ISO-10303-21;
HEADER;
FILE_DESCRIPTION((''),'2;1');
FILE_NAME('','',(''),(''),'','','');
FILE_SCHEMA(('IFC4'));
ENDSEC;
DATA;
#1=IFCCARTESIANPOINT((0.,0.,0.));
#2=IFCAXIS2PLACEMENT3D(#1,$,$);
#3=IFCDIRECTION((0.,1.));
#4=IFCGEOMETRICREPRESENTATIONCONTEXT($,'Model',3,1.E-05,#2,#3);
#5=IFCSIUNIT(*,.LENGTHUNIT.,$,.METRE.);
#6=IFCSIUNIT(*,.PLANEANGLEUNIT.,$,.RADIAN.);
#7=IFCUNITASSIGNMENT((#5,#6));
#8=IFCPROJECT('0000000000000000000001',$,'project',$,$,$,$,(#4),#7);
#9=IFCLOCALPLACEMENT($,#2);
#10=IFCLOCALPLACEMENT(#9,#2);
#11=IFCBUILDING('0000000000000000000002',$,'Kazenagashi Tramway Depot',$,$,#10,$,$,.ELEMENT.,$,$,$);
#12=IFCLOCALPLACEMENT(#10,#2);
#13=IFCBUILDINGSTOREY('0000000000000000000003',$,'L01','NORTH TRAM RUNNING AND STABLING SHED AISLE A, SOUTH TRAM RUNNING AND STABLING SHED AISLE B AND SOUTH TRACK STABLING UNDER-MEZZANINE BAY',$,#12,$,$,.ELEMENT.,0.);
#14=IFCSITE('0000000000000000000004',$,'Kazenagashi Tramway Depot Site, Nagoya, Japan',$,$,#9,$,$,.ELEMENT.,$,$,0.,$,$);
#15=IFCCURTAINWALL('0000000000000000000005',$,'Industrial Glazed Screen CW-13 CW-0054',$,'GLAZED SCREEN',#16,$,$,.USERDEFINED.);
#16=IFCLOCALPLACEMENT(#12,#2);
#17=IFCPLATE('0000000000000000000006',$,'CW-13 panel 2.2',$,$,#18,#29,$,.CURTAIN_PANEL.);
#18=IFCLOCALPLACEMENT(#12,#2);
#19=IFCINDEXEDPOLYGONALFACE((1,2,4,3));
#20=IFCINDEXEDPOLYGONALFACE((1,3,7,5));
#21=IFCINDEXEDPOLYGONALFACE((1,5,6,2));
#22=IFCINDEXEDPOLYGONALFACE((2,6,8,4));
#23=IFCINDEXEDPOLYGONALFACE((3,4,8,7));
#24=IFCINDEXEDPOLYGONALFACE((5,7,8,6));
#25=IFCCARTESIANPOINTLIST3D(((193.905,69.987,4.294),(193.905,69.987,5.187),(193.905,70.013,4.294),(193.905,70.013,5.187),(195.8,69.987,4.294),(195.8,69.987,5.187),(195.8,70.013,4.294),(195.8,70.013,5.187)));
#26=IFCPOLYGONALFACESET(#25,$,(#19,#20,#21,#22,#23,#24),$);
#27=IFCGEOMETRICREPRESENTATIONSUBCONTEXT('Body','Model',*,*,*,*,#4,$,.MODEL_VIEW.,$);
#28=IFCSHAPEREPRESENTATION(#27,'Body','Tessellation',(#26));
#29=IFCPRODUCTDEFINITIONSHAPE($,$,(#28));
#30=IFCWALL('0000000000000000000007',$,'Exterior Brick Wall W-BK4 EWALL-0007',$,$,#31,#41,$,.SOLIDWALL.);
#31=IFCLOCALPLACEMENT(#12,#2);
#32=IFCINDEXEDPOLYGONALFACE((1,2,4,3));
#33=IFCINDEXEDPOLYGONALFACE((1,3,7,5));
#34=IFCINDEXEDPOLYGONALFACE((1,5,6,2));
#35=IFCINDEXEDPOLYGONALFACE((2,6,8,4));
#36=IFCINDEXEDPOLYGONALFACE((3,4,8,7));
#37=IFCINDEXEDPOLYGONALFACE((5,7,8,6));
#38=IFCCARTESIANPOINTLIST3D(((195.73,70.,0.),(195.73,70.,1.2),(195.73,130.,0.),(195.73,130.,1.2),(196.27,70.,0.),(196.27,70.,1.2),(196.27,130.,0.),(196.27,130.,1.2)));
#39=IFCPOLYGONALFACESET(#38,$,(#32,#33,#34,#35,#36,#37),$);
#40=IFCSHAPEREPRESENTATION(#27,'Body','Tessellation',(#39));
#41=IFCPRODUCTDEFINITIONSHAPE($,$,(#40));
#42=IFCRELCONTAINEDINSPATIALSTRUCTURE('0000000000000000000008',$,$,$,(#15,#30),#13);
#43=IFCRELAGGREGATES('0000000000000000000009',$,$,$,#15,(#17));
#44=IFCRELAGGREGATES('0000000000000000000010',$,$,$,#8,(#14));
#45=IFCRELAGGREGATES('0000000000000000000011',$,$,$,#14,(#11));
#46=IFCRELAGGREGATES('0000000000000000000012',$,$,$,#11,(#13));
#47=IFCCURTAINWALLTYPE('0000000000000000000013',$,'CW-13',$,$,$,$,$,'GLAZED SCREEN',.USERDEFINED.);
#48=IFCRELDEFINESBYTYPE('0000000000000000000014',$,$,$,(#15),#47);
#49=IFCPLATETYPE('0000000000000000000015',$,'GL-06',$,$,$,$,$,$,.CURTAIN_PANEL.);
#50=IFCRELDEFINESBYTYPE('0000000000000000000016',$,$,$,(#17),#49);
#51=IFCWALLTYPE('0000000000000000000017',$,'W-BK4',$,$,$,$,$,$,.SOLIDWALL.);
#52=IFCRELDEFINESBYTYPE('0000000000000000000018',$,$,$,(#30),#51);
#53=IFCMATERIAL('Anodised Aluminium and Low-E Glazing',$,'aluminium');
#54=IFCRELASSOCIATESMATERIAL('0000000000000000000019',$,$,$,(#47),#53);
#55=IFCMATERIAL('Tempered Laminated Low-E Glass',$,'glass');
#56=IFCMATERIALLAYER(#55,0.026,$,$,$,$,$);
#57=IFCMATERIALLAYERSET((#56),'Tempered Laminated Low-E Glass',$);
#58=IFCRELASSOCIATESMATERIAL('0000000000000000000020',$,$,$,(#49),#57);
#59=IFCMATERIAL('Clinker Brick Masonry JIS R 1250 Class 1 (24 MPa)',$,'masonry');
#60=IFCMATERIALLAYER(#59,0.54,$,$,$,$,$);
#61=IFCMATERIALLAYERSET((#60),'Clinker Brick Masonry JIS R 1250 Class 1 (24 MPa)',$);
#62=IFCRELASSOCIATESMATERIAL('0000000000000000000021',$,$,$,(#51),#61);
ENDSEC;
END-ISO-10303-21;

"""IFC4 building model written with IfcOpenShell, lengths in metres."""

from ifc_helpers import new_model, si_unit, direction, frame, frame_2d, origin, origin_2d, place, context, subcontext, project, spatial, rectangle, extrude, material, layer, layer_set, type_object, element, aggregate, save


model = new_model("IFC4")

# Units and contexts
model_context = context("Model", 3, precision=1e-05, world=origin(), true_north=direction((0.0, 1.0)))
body_context = subcontext(model_context, "Body", "Model", "MODEL_VIEW")
ifc_project = project(units=[si_unit("LENGTHUNIT", "METRE"), si_unit("PLANEANGLEUNIT", "RADIAN")], contexts=[model_context])

# Site, building, storey
site_placement = place(None, origin())
site = spatial("IfcSite", under=ifc_project, at=site_placement, Name="Kazenagashi Tramway Depot Site, Nagoya, Japan", CompositionType="ELEMENT", RefElevation=0.0)
building_placement = place(site_placement, origin())
building = spatial("IfcBuilding", under=site, at=building_placement, Name="Kazenagashi Tramway Depot", CompositionType="ELEMENT")
storey_placement = place(building_placement, origin())
storey = spatial("IfcBuildingStorey", under=building, at=storey_placement, Name="L01", Description="NORTH TRAM RUNNING AND STABLING SHED AISLE A, SOUTH TRAM RUNNING AND STABLING SHED AISLE B AND SOUTH TRACK STABLING UNDER-MEZZANINE BAY", CompositionType="ELEMENT", Elevation=0.0)

# Curtain wall
ifc_material_1 = material(Name="Anodised Aluminium and Low-E Glazing", Category="aluminium")
curtain_wall_type_1 = type_object("IfcCurtainWallType", Name="CW-13", ElementType="GLAZED SCREEN", PredefinedType="USERDEFINED", material=ifc_material_1)
curtain_wall_1_placement = place(storey_placement, origin())
curtain_wall_1 = element("IfcCurtainWall", 1, at=curtain_wall_1_placement, inside=storey, type_object=curtain_wall_type_1, Name="Industrial Glazed Screen CW-13 CW-0054", ObjectType="GLAZED SCREEN", PredefinedType="USERDEFINED")

# Plate
ifc_material_2 = material(Name="Tempered Laminated Low-E Glass", Category="glass")
ifc_layer_1 = layer(ifc_material_2, 0.026)
ifc_layer_set_1 = layer_set([ifc_layer_1], Name="Tempered Laminated Low-E Glass")
plate_type_1 = type_object("IfcPlateType", Name="GL-06", PredefinedType="CURTAIN_PANEL", material=ifc_layer_set_1)
plate_1_placement = place(storey_placement, frame((194.8525, 70.0, 4.294), z_axis=(0.0, 0.0, 1.0), x_axis=(1.0, 0.0, 0.0)))
plate_1 = element("IfcPlate", 2, at=plate_1_placement, type_object=plate_type_1, Name="CW-13 panel 2.2", PredefinedType="CURTAIN_PANEL", context=body_context, shape_type="SweptSolid", body=[
    extrude(rectangle(XDim=1.895, YDim=0.026, at=origin_2d()), origin(), (0.0, 0.0, 1.0), 0.893),
])
aggregate(curtain_wall_1, [plate_1])

# Wall
ifc_material_3 = material(Name="Clinker Brick Masonry JIS R 1250 Class 1 (24 MPa)", Category="masonry")
ifc_layer_2 = layer(ifc_material_3, 0.54)
ifc_layer_set_2 = layer_set([ifc_layer_2], Name="Clinker Brick Masonry JIS R 1250 Class 1 (24 MPa)")
wall_type = type_object("IfcWallType", Name="W-BK4", PredefinedType="SOLIDWALL", material=ifc_layer_set_2)
wall_placement = place(storey_placement, frame((196.0, 70.0, 0.0), z_axis=(0.0, 0.0, 1.0), x_axis=(0.0, 1.0, 0.0)))
element("IfcWall", 3, at=wall_placement, inside=storey, type_object=wall_type, Name="Exterior Brick Wall W-BK4 EWALL-0007", PredefinedType="SOLIDWALL", context=body_context, shape_type="SweptSolid", body=[
    extrude(rectangle(XDim=60.0, YDim=0.54, at=frame_2d((30.0, 0.0))), origin(), (0.0, 0.0, 1.0), 1.2),
])

save(model, "model.ifc")
